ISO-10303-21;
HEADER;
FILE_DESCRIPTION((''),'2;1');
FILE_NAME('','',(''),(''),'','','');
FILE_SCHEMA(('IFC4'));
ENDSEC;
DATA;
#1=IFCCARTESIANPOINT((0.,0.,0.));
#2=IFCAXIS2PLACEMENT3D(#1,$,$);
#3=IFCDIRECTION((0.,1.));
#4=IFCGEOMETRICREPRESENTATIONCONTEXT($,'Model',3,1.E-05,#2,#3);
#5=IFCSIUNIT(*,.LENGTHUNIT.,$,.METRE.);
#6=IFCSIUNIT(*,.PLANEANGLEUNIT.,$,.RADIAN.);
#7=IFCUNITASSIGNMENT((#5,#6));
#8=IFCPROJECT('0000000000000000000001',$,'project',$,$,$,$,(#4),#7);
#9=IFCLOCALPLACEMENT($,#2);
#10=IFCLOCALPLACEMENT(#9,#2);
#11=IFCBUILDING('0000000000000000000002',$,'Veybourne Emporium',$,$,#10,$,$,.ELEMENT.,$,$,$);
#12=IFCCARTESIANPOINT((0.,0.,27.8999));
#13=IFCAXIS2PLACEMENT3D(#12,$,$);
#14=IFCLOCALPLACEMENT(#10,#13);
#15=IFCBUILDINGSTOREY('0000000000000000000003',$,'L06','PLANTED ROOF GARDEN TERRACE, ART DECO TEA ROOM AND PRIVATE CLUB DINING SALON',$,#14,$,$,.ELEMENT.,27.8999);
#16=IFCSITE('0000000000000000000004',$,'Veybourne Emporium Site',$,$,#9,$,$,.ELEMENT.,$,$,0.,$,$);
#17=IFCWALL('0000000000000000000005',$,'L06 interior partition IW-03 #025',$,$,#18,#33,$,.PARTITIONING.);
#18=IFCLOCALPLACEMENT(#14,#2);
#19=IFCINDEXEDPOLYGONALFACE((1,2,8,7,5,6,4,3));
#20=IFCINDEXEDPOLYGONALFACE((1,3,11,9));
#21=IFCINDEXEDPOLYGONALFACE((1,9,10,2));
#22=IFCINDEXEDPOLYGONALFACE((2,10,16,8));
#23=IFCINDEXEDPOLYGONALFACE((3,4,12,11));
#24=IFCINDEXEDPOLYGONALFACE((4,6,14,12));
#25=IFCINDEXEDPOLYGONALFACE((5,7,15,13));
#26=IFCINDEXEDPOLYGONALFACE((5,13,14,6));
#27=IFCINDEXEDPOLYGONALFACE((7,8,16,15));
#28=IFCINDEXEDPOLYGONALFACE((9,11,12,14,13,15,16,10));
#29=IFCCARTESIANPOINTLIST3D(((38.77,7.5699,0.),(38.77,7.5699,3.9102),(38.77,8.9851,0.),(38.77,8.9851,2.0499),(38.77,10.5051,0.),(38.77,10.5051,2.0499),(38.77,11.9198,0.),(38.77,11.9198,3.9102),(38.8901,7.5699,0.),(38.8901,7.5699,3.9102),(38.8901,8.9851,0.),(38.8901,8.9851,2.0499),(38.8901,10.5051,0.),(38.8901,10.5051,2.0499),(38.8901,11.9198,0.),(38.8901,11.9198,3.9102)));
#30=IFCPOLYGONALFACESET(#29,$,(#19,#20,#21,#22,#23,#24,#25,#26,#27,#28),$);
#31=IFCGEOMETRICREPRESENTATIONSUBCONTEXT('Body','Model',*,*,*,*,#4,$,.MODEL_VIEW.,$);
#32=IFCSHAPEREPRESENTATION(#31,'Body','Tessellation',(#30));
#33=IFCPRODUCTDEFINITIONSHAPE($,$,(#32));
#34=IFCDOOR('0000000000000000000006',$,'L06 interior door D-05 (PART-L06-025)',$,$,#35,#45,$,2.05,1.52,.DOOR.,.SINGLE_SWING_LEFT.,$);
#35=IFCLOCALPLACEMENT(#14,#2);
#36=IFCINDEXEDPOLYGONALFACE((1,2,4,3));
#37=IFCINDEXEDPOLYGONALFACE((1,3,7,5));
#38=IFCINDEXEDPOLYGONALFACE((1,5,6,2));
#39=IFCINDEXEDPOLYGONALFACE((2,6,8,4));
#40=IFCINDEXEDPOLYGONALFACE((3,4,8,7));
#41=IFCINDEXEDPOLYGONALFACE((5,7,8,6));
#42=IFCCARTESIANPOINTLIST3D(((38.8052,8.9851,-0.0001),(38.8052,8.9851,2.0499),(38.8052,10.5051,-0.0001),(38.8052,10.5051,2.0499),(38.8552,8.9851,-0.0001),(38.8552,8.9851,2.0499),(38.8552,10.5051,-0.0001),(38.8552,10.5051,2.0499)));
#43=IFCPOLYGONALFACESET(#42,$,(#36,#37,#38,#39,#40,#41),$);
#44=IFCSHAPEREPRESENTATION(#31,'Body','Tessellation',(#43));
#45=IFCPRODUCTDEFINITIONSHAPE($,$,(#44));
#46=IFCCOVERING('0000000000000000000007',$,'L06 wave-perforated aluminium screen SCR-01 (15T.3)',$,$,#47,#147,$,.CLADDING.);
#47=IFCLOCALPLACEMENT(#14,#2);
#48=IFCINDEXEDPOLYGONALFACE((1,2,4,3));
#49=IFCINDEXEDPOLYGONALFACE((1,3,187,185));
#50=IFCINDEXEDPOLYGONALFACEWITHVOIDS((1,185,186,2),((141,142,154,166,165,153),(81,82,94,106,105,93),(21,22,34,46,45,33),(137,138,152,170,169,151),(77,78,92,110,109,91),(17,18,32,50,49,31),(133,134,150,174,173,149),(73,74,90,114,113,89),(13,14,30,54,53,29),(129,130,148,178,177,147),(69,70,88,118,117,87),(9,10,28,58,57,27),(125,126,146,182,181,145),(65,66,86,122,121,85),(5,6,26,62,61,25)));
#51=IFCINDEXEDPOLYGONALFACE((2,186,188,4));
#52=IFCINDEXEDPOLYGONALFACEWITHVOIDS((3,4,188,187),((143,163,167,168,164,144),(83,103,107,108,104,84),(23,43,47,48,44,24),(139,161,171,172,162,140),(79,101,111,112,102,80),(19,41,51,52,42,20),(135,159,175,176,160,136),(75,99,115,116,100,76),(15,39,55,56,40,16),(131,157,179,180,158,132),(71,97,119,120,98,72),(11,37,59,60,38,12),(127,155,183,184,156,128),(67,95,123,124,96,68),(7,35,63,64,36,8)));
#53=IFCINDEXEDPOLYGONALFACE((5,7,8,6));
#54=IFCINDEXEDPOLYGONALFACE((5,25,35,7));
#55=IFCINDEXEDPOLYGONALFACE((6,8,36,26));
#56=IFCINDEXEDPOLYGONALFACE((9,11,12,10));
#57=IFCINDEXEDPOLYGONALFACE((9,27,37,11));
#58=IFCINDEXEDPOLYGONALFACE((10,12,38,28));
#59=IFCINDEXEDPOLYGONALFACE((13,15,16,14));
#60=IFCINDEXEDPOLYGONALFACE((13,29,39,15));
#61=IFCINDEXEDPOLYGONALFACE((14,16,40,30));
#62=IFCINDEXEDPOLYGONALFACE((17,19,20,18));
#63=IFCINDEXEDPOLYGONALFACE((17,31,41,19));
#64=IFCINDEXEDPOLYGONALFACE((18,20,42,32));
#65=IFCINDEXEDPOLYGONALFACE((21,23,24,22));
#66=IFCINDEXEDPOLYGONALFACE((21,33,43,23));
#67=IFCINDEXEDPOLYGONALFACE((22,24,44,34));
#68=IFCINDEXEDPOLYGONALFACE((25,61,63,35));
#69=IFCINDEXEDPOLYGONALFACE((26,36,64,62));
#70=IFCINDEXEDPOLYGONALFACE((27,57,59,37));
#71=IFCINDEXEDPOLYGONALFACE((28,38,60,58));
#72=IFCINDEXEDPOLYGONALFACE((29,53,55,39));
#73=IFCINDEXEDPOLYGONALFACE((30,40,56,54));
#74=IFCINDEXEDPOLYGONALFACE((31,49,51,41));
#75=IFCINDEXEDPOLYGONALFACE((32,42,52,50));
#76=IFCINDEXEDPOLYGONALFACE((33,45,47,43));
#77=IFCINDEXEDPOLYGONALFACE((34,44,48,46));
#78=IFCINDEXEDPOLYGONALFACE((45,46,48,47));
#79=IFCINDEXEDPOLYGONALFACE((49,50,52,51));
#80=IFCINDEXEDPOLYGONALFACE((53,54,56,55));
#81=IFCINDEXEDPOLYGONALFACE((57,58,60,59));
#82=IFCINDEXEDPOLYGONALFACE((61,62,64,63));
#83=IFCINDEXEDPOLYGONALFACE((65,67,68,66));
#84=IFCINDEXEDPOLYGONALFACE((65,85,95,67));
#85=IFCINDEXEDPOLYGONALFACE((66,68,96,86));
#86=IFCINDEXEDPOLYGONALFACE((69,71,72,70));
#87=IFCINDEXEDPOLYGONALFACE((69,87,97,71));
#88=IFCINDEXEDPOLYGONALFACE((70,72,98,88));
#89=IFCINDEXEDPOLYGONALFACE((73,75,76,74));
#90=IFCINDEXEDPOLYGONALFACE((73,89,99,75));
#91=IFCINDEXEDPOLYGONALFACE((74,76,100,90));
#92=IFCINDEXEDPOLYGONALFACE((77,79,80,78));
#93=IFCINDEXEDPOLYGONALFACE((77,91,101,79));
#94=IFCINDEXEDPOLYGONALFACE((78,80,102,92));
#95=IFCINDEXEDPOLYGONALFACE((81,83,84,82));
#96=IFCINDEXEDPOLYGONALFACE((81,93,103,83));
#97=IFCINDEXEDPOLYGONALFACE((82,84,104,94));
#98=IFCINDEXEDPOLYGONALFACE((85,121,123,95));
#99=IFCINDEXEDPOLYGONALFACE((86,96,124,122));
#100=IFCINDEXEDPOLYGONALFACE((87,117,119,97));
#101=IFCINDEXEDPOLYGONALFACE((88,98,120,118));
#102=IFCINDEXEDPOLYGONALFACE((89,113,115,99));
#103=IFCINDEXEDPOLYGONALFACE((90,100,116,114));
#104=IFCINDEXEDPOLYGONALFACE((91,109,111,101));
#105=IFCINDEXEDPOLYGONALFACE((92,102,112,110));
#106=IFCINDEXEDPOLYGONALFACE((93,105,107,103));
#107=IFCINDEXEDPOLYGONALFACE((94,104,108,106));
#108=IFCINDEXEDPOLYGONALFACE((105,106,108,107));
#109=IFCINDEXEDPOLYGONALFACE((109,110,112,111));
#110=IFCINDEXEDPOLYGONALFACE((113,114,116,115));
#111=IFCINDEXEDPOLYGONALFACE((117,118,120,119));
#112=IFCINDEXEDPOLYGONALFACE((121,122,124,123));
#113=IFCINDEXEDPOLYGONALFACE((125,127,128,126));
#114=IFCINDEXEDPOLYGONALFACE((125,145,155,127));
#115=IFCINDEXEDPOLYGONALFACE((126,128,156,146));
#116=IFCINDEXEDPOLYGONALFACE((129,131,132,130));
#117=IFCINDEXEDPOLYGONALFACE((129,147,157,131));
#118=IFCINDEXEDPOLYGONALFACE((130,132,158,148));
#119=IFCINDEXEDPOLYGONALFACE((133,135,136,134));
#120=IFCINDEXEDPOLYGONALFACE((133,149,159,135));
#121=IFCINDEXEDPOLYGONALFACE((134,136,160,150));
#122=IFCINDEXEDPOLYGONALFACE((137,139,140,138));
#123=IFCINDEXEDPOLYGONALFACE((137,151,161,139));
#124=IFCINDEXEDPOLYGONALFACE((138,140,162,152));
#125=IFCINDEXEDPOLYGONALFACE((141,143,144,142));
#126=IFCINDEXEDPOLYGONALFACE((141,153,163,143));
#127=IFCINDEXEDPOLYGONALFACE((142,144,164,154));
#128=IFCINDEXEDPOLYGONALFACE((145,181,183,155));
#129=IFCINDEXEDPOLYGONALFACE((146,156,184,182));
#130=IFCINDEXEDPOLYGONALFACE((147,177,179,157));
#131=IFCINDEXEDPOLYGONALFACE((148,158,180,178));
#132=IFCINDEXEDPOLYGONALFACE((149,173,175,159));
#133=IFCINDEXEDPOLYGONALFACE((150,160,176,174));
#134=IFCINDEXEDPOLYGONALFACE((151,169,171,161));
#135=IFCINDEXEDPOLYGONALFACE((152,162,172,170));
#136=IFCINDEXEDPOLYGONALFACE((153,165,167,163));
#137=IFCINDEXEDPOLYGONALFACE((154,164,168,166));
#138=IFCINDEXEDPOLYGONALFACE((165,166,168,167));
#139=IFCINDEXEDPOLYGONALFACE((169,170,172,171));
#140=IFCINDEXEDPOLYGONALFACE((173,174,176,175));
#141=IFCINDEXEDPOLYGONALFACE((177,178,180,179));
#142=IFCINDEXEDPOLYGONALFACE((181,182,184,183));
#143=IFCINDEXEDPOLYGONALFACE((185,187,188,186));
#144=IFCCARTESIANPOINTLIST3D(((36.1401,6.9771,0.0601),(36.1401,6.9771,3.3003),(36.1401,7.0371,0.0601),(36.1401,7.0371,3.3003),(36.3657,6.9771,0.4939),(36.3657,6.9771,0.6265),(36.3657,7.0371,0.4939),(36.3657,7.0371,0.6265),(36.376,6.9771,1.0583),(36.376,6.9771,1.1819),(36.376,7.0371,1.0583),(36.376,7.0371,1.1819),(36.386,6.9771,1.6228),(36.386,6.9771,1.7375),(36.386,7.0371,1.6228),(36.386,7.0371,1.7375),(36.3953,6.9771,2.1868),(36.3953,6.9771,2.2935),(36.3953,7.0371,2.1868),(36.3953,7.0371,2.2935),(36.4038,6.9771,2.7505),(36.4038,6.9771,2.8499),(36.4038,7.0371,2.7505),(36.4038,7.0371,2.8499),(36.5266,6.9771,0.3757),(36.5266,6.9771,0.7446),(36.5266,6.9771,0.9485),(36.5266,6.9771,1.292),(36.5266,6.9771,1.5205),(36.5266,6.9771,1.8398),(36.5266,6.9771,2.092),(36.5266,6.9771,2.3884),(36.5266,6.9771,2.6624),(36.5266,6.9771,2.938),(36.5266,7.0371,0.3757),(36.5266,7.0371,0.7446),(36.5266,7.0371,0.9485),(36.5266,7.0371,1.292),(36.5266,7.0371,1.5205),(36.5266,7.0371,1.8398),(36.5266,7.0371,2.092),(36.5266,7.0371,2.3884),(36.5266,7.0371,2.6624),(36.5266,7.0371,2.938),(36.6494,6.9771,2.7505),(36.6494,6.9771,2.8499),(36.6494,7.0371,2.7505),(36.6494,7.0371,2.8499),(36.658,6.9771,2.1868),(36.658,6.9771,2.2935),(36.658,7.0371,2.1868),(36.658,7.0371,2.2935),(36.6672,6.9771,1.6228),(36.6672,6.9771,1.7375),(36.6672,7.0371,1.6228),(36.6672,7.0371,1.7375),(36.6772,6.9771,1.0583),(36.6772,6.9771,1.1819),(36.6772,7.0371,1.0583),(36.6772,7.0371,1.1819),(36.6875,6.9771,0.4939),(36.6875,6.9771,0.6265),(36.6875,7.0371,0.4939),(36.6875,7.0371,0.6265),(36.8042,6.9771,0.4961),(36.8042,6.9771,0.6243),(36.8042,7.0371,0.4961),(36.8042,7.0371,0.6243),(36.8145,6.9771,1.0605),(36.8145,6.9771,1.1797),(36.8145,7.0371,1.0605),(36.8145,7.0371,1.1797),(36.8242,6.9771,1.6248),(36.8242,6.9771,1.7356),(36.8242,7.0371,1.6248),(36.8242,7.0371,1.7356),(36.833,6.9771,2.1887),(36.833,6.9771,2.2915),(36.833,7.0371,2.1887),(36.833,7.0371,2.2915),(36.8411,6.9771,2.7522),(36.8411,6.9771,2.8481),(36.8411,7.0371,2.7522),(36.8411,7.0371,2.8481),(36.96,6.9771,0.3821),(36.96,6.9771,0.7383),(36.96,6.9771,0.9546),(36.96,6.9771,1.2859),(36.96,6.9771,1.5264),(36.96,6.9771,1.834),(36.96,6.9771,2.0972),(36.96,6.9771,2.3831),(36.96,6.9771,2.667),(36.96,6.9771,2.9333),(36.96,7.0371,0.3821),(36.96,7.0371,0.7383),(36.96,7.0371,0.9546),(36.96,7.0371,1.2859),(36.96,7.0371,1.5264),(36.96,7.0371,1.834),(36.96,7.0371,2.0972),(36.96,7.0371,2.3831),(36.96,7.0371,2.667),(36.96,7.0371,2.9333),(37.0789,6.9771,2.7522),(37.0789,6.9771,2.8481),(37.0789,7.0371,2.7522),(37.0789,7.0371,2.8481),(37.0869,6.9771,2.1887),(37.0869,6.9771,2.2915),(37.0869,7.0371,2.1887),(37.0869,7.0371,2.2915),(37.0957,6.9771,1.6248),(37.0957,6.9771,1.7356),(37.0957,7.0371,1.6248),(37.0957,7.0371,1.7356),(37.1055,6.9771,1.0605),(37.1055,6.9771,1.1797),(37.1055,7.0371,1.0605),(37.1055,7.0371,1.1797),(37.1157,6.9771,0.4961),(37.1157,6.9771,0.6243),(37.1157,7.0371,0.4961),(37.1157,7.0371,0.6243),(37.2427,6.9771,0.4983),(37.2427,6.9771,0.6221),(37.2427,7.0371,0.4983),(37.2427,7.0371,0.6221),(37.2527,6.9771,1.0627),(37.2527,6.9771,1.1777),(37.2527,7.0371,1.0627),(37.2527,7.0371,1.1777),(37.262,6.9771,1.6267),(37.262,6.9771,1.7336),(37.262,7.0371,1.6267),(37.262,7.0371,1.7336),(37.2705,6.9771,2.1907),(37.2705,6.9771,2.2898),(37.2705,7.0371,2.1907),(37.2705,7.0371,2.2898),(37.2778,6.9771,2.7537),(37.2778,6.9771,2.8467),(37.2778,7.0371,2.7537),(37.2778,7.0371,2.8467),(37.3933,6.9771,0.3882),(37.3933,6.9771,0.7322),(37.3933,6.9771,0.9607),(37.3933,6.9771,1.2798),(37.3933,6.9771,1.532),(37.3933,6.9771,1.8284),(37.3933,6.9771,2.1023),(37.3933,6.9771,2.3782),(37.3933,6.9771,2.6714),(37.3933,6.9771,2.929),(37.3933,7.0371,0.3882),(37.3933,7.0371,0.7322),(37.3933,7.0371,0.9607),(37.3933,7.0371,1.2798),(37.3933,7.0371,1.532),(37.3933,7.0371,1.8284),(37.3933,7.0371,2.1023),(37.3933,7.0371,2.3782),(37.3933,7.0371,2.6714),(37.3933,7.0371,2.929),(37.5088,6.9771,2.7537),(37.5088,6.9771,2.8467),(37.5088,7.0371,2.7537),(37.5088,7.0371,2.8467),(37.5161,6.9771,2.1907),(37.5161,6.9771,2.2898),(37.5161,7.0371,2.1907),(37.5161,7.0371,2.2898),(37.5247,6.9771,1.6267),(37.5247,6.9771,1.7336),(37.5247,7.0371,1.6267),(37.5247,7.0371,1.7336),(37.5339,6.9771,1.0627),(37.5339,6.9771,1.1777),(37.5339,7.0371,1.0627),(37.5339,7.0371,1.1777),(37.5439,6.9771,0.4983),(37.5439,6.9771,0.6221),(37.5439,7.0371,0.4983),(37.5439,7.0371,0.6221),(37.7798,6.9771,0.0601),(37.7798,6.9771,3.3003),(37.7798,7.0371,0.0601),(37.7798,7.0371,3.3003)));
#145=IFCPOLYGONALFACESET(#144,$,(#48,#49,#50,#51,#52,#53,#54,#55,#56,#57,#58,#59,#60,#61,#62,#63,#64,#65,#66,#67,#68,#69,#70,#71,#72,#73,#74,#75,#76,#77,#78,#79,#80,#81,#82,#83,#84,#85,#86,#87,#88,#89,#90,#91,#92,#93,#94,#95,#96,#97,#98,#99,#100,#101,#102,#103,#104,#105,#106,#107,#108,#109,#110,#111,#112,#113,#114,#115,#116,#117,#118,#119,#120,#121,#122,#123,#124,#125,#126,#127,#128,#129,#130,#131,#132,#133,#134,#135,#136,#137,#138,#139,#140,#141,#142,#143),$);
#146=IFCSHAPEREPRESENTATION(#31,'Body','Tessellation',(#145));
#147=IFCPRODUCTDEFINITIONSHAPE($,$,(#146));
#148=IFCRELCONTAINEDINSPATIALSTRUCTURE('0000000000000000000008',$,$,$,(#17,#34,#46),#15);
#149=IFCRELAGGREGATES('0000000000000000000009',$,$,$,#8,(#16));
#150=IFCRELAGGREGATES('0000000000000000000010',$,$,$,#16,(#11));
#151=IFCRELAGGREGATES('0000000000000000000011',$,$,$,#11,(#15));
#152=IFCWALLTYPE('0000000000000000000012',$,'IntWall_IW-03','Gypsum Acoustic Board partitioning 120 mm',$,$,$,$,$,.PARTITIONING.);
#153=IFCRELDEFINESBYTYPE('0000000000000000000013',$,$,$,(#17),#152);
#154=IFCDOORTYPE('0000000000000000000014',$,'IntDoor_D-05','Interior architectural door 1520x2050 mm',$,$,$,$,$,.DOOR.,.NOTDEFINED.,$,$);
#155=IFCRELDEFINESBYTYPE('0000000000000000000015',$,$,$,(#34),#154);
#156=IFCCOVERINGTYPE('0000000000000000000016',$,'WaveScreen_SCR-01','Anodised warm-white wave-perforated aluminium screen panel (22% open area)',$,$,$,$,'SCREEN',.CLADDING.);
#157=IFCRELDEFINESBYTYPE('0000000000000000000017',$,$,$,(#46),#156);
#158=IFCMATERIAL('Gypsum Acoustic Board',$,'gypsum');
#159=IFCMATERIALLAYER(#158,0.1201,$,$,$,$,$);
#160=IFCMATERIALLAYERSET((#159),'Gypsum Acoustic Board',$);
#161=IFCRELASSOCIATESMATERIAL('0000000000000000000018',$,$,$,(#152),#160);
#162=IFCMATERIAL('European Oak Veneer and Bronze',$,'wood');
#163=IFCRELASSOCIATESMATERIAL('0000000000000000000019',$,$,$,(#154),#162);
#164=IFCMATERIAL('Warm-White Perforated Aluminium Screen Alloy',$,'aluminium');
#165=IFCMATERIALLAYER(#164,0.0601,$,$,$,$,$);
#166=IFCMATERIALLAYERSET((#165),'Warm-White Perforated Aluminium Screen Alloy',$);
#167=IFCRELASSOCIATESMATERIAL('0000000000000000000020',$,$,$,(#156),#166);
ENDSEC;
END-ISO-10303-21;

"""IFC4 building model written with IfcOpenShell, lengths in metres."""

from ifc_helpers import new_model, si_unit, direction, frame, frame_2d, origin, place, context, subcontext, project, spatial, polyline, rectangle, outline, extrude, material, layer, layer_set, type_object, element, fill, save


model = new_model("IFC4")

# Units and contexts
model_context = context("Model", 3, precision=1e-05, world=origin(), true_north=direction((0.0, 1.0)))
body_context = subcontext(model_context, "Body", "Model", "MODEL_VIEW")
ifc_project = project(units=[si_unit("LENGTHUNIT", "METRE"), si_unit("PLANEANGLEUNIT", "RADIAN")], contexts=[model_context])

# Site, building, storey
site_placement = place(None, origin())
site = spatial("IfcSite", under=ifc_project, at=site_placement, Name="Veybourne Emporium Site", CompositionType="ELEMENT", RefElevation=0.0)
building_placement = place(site_placement, origin())
building = spatial("IfcBuilding", under=site, at=building_placement, Name="Veybourne Emporium", CompositionType="ELEMENT")
storey_placement = place(building_placement, frame((0.0, 0.0, 27.8999)))
storey = spatial("IfcBuildingStorey", under=building, at=storey_placement, Name="L06", Description="PLANTED ROOF GARDEN TERRACE, ART DECO TEA ROOM AND PRIVATE CLUB DINING SALON", CompositionType="ELEMENT", Elevation=27.8999)

# Wall, opening, door
ifc_material_1 = material(Name="Gypsum Acoustic Board", Category="gypsum")
ifc_material_2 = material(Name="European Oak Veneer and Bronze", Category="wood")
ifc_layer_1 = layer(ifc_material_1, 0.1201)
ifc_layer_set_1 = layer_set([ifc_layer_1], Name="Gypsum Acoustic Board")
wall_type_1 = type_object("IfcWallType", Name="IntWall_IW-03", Description="Gypsum Acoustic Board partitioning 120 mm", PredefinedType="PARTITIONING", material=ifc_layer_set_1)
wall_1_placement = place(storey_placement, frame((38.8301, 7.5701, 0.0), z_axis=(0.0, 0.0, 1.0), x_axis=(0.0, 1.0, 0.0)))
wall_1 = element("IfcWall", 1, at=wall_1_placement, inside=storey, type_object=wall_type_1, Name="L06 interior partition IW-03 #025", PredefinedType="PARTITIONING", context=body_context, shape_type="SweptSolid", body=[
    extrude(rectangle(XDim=4.3499, YDim=0.1201, at=frame_2d((2.1748, 0.0))), origin(), (0.0, 0.0, 1.0), 3.9102),
])
opening_1_placement = place(wall_1_placement, frame((1.415, 0.0, 0.0)))
opening_1 = element("IfcOpeningElement", 2, at=opening_1_placement, cuts=wall_1, PredefinedType="OPENING", context=body_context, shape_type="SweptSolid", body=[
    extrude(rectangle(XDim=1.52, YDim=2.05, at=frame_2d((0.76, 1.0249))), frame((0.0, 0.0801, 0.0), z_axis=(0.0, -1.0, 0.0), x_axis=(1.0, 0.0, 0.0)), (0.0, 0.0, 1.0), 0.1602),
])
door_type_1 = type_object("IfcDoorType", Name="IntDoor_D-05", Description="Interior architectural door 1520x2050 mm", OperationType="NOTDEFINED", PredefinedType="DOOR", material=ifc_material_2)
door_1_placement = place(opening_1_placement, origin())
door_1 = element("IfcDoor", 3, at=door_1_placement, inside=storey, type_object=door_type_1, Name="L06 interior door D-05 (PART-L06-025)", OperationType="SINGLE_SWING_LEFT", OverallHeight=2.05, OverallWidth=1.52, PredefinedType="DOOR", context=body_context, shape_type="SweptSolid", body=[
    extrude(rectangle(XDim=1.52, YDim=2.05, at=frame_2d((0.76, 1.0249))), frame((0.0, 0.0249, 0.0), z_axis=(0.0, -1.0, 0.0), x_axis=(1.0, 0.0, 0.0)), (0.0, 0.0, 1.0), 0.05),
])
fill(opening_1, door_1)

# Covering
ifc_material_3 = material(Name="Warm-White Perforated Aluminium Screen Alloy", Category="aluminium")
ifc_layer_2 = layer(ifc_material_3, 0.0601)
ifc_layer_set_2 = layer_set([ifc_layer_2], Name="Warm-White Perforated Aluminium Screen Alloy")
covering_type_1 = type_object("IfcCoveringType", Name="WaveScreen_SCR-01", Description="Anodised warm-white wave-perforated aluminium screen panel (22% open area)", ElementType="SCREEN", PredefinedType="CLADDING", material=ifc_layer_set_2)
covering_1_placement = place(storey_placement, frame((36.96, 6.9771, 1.6802), z_axis=(0.0, 1.0, 0.0), x_axis=(-1.0, 0.0, 0.0)))
element("IfcCovering", 4, at=covering_1_placement, inside=storey, type_object=covering_type_1, Name="L06 wave-perforated aluminium screen SCR-01 (15T.3)", PredefinedType="CLADDING", context=body_context, shape_type="SweptSolid", body=[
    extrude(outline(polyline([(-0.8198, -1.6201), (0.8198, -1.6201), (0.8198, 1.6201), (-0.8198, 1.6201), (-0.8198, -1.6201)]), holes=[polyline([(-0.4333, -0.948), (-0.2827, -1.0581), (-0.2827, -1.1819), (-0.4333, -1.292), (-0.584, -1.1819), (-0.584, -1.0581), (-0.4333, -0.948)]), polyline([(-0.4333, -0.4004), (-0.2927, -0.5024), (-0.2927, -0.6174), (-0.4333, -0.7195), (-0.574, -0.6174), (-0.574, -0.5024), (-0.4333, -0.4004)]), polyline([(-0.4333, 0.1482), (-0.302, 0.0535), (-0.302, -0.0535), (-0.4333, -0.1482), (-0.5647, -0.0535), (-0.5647, 0.0535), (-0.4333, 0.1482)]), polyline([(-0.4333, 0.698), (-0.3105, 0.6096), (-0.3105, 0.5105), (-0.4333, 0.4221), (-0.5562, 0.5105), (-0.5562, 0.6096), (-0.4333, 0.698)]), polyline([(-0.4333, 1.2488), (-0.3179, 1.1665), (-0.3179, 1.0735), (-0.4333, 0.9912), (-0.5488, 1.0735), (-0.5488, 1.1665), (-0.4333, 1.2488)]), polyline([(0.0, -0.9419), (0.1558, -1.0559), (0.1558, -1.1841), (0.0, -1.2981), (-0.1558, -1.1841), (-0.1558, -1.0559), (0.0, -0.9419)]), polyline([(0.0, -0.3943), (0.1455, -0.5005), (0.1455, -0.6196), (0.0, -0.7256), (-0.1455, -0.6196), (-0.1455, -0.5005), (0.0, -0.3943)]), polyline([(0.0, 0.1538), (0.1357, 0.0554), (0.1357, -0.0554), (0.0, -0.1538), (-0.1357, -0.0554), (-0.1357, 0.0554), (0.0, 0.1538)]), polyline([(0.0, 0.7029), (0.127, 0.6113), (0.127, 0.5085), (0.0, 0.417), (-0.127, 0.5085), (-0.127, 0.6113), (0.0, 0.7029)]), polyline([(0.0, 1.2532), (0.1189, 1.168), (0.1189, 1.072), (0.0, 0.9868), (-0.1189, 1.072), (-0.1189, 1.168), (0.0, 1.2532)]), polyline([(0.4333, -0.9355), (0.5942, -1.0537), (0.5942, -1.1863), (0.4333, -1.3044), (0.2725, -1.1863), (0.2725, -1.0537), (0.4333, -0.9355)]), polyline([(0.4333, -0.3882), (0.584, -0.4983), (0.584, -0.6218), (0.4333, -0.7317), (0.2827, -0.6218), (0.2827, -0.4983), (0.4333, -0.3882)]), polyline([(0.4333, 0.1597), (0.574, 0.0574), (0.574, -0.0574), (0.4333, -0.1597), (0.2927, -0.0574), (0.2927, 0.0574), (0.4333, 0.1597)]), polyline([(0.4333, 0.7083), (0.5647, 0.6133), (0.5647, 0.5066), (0.4333, 0.4119), (0.302, 0.5066), (0.302, 0.6133), (0.4333, 0.7083)]), polyline([(0.4333, 1.2578), (0.5562, 1.1697), (0.5562, 1.0703), (0.4333, 0.9822), (0.3105, 1.0703), (0.3105, 1.1697), (0.4333, 1.2578)])]), origin(), (0.0, 0.0, 1.0), 0.0601),
])

save(model, "model.ifc")
